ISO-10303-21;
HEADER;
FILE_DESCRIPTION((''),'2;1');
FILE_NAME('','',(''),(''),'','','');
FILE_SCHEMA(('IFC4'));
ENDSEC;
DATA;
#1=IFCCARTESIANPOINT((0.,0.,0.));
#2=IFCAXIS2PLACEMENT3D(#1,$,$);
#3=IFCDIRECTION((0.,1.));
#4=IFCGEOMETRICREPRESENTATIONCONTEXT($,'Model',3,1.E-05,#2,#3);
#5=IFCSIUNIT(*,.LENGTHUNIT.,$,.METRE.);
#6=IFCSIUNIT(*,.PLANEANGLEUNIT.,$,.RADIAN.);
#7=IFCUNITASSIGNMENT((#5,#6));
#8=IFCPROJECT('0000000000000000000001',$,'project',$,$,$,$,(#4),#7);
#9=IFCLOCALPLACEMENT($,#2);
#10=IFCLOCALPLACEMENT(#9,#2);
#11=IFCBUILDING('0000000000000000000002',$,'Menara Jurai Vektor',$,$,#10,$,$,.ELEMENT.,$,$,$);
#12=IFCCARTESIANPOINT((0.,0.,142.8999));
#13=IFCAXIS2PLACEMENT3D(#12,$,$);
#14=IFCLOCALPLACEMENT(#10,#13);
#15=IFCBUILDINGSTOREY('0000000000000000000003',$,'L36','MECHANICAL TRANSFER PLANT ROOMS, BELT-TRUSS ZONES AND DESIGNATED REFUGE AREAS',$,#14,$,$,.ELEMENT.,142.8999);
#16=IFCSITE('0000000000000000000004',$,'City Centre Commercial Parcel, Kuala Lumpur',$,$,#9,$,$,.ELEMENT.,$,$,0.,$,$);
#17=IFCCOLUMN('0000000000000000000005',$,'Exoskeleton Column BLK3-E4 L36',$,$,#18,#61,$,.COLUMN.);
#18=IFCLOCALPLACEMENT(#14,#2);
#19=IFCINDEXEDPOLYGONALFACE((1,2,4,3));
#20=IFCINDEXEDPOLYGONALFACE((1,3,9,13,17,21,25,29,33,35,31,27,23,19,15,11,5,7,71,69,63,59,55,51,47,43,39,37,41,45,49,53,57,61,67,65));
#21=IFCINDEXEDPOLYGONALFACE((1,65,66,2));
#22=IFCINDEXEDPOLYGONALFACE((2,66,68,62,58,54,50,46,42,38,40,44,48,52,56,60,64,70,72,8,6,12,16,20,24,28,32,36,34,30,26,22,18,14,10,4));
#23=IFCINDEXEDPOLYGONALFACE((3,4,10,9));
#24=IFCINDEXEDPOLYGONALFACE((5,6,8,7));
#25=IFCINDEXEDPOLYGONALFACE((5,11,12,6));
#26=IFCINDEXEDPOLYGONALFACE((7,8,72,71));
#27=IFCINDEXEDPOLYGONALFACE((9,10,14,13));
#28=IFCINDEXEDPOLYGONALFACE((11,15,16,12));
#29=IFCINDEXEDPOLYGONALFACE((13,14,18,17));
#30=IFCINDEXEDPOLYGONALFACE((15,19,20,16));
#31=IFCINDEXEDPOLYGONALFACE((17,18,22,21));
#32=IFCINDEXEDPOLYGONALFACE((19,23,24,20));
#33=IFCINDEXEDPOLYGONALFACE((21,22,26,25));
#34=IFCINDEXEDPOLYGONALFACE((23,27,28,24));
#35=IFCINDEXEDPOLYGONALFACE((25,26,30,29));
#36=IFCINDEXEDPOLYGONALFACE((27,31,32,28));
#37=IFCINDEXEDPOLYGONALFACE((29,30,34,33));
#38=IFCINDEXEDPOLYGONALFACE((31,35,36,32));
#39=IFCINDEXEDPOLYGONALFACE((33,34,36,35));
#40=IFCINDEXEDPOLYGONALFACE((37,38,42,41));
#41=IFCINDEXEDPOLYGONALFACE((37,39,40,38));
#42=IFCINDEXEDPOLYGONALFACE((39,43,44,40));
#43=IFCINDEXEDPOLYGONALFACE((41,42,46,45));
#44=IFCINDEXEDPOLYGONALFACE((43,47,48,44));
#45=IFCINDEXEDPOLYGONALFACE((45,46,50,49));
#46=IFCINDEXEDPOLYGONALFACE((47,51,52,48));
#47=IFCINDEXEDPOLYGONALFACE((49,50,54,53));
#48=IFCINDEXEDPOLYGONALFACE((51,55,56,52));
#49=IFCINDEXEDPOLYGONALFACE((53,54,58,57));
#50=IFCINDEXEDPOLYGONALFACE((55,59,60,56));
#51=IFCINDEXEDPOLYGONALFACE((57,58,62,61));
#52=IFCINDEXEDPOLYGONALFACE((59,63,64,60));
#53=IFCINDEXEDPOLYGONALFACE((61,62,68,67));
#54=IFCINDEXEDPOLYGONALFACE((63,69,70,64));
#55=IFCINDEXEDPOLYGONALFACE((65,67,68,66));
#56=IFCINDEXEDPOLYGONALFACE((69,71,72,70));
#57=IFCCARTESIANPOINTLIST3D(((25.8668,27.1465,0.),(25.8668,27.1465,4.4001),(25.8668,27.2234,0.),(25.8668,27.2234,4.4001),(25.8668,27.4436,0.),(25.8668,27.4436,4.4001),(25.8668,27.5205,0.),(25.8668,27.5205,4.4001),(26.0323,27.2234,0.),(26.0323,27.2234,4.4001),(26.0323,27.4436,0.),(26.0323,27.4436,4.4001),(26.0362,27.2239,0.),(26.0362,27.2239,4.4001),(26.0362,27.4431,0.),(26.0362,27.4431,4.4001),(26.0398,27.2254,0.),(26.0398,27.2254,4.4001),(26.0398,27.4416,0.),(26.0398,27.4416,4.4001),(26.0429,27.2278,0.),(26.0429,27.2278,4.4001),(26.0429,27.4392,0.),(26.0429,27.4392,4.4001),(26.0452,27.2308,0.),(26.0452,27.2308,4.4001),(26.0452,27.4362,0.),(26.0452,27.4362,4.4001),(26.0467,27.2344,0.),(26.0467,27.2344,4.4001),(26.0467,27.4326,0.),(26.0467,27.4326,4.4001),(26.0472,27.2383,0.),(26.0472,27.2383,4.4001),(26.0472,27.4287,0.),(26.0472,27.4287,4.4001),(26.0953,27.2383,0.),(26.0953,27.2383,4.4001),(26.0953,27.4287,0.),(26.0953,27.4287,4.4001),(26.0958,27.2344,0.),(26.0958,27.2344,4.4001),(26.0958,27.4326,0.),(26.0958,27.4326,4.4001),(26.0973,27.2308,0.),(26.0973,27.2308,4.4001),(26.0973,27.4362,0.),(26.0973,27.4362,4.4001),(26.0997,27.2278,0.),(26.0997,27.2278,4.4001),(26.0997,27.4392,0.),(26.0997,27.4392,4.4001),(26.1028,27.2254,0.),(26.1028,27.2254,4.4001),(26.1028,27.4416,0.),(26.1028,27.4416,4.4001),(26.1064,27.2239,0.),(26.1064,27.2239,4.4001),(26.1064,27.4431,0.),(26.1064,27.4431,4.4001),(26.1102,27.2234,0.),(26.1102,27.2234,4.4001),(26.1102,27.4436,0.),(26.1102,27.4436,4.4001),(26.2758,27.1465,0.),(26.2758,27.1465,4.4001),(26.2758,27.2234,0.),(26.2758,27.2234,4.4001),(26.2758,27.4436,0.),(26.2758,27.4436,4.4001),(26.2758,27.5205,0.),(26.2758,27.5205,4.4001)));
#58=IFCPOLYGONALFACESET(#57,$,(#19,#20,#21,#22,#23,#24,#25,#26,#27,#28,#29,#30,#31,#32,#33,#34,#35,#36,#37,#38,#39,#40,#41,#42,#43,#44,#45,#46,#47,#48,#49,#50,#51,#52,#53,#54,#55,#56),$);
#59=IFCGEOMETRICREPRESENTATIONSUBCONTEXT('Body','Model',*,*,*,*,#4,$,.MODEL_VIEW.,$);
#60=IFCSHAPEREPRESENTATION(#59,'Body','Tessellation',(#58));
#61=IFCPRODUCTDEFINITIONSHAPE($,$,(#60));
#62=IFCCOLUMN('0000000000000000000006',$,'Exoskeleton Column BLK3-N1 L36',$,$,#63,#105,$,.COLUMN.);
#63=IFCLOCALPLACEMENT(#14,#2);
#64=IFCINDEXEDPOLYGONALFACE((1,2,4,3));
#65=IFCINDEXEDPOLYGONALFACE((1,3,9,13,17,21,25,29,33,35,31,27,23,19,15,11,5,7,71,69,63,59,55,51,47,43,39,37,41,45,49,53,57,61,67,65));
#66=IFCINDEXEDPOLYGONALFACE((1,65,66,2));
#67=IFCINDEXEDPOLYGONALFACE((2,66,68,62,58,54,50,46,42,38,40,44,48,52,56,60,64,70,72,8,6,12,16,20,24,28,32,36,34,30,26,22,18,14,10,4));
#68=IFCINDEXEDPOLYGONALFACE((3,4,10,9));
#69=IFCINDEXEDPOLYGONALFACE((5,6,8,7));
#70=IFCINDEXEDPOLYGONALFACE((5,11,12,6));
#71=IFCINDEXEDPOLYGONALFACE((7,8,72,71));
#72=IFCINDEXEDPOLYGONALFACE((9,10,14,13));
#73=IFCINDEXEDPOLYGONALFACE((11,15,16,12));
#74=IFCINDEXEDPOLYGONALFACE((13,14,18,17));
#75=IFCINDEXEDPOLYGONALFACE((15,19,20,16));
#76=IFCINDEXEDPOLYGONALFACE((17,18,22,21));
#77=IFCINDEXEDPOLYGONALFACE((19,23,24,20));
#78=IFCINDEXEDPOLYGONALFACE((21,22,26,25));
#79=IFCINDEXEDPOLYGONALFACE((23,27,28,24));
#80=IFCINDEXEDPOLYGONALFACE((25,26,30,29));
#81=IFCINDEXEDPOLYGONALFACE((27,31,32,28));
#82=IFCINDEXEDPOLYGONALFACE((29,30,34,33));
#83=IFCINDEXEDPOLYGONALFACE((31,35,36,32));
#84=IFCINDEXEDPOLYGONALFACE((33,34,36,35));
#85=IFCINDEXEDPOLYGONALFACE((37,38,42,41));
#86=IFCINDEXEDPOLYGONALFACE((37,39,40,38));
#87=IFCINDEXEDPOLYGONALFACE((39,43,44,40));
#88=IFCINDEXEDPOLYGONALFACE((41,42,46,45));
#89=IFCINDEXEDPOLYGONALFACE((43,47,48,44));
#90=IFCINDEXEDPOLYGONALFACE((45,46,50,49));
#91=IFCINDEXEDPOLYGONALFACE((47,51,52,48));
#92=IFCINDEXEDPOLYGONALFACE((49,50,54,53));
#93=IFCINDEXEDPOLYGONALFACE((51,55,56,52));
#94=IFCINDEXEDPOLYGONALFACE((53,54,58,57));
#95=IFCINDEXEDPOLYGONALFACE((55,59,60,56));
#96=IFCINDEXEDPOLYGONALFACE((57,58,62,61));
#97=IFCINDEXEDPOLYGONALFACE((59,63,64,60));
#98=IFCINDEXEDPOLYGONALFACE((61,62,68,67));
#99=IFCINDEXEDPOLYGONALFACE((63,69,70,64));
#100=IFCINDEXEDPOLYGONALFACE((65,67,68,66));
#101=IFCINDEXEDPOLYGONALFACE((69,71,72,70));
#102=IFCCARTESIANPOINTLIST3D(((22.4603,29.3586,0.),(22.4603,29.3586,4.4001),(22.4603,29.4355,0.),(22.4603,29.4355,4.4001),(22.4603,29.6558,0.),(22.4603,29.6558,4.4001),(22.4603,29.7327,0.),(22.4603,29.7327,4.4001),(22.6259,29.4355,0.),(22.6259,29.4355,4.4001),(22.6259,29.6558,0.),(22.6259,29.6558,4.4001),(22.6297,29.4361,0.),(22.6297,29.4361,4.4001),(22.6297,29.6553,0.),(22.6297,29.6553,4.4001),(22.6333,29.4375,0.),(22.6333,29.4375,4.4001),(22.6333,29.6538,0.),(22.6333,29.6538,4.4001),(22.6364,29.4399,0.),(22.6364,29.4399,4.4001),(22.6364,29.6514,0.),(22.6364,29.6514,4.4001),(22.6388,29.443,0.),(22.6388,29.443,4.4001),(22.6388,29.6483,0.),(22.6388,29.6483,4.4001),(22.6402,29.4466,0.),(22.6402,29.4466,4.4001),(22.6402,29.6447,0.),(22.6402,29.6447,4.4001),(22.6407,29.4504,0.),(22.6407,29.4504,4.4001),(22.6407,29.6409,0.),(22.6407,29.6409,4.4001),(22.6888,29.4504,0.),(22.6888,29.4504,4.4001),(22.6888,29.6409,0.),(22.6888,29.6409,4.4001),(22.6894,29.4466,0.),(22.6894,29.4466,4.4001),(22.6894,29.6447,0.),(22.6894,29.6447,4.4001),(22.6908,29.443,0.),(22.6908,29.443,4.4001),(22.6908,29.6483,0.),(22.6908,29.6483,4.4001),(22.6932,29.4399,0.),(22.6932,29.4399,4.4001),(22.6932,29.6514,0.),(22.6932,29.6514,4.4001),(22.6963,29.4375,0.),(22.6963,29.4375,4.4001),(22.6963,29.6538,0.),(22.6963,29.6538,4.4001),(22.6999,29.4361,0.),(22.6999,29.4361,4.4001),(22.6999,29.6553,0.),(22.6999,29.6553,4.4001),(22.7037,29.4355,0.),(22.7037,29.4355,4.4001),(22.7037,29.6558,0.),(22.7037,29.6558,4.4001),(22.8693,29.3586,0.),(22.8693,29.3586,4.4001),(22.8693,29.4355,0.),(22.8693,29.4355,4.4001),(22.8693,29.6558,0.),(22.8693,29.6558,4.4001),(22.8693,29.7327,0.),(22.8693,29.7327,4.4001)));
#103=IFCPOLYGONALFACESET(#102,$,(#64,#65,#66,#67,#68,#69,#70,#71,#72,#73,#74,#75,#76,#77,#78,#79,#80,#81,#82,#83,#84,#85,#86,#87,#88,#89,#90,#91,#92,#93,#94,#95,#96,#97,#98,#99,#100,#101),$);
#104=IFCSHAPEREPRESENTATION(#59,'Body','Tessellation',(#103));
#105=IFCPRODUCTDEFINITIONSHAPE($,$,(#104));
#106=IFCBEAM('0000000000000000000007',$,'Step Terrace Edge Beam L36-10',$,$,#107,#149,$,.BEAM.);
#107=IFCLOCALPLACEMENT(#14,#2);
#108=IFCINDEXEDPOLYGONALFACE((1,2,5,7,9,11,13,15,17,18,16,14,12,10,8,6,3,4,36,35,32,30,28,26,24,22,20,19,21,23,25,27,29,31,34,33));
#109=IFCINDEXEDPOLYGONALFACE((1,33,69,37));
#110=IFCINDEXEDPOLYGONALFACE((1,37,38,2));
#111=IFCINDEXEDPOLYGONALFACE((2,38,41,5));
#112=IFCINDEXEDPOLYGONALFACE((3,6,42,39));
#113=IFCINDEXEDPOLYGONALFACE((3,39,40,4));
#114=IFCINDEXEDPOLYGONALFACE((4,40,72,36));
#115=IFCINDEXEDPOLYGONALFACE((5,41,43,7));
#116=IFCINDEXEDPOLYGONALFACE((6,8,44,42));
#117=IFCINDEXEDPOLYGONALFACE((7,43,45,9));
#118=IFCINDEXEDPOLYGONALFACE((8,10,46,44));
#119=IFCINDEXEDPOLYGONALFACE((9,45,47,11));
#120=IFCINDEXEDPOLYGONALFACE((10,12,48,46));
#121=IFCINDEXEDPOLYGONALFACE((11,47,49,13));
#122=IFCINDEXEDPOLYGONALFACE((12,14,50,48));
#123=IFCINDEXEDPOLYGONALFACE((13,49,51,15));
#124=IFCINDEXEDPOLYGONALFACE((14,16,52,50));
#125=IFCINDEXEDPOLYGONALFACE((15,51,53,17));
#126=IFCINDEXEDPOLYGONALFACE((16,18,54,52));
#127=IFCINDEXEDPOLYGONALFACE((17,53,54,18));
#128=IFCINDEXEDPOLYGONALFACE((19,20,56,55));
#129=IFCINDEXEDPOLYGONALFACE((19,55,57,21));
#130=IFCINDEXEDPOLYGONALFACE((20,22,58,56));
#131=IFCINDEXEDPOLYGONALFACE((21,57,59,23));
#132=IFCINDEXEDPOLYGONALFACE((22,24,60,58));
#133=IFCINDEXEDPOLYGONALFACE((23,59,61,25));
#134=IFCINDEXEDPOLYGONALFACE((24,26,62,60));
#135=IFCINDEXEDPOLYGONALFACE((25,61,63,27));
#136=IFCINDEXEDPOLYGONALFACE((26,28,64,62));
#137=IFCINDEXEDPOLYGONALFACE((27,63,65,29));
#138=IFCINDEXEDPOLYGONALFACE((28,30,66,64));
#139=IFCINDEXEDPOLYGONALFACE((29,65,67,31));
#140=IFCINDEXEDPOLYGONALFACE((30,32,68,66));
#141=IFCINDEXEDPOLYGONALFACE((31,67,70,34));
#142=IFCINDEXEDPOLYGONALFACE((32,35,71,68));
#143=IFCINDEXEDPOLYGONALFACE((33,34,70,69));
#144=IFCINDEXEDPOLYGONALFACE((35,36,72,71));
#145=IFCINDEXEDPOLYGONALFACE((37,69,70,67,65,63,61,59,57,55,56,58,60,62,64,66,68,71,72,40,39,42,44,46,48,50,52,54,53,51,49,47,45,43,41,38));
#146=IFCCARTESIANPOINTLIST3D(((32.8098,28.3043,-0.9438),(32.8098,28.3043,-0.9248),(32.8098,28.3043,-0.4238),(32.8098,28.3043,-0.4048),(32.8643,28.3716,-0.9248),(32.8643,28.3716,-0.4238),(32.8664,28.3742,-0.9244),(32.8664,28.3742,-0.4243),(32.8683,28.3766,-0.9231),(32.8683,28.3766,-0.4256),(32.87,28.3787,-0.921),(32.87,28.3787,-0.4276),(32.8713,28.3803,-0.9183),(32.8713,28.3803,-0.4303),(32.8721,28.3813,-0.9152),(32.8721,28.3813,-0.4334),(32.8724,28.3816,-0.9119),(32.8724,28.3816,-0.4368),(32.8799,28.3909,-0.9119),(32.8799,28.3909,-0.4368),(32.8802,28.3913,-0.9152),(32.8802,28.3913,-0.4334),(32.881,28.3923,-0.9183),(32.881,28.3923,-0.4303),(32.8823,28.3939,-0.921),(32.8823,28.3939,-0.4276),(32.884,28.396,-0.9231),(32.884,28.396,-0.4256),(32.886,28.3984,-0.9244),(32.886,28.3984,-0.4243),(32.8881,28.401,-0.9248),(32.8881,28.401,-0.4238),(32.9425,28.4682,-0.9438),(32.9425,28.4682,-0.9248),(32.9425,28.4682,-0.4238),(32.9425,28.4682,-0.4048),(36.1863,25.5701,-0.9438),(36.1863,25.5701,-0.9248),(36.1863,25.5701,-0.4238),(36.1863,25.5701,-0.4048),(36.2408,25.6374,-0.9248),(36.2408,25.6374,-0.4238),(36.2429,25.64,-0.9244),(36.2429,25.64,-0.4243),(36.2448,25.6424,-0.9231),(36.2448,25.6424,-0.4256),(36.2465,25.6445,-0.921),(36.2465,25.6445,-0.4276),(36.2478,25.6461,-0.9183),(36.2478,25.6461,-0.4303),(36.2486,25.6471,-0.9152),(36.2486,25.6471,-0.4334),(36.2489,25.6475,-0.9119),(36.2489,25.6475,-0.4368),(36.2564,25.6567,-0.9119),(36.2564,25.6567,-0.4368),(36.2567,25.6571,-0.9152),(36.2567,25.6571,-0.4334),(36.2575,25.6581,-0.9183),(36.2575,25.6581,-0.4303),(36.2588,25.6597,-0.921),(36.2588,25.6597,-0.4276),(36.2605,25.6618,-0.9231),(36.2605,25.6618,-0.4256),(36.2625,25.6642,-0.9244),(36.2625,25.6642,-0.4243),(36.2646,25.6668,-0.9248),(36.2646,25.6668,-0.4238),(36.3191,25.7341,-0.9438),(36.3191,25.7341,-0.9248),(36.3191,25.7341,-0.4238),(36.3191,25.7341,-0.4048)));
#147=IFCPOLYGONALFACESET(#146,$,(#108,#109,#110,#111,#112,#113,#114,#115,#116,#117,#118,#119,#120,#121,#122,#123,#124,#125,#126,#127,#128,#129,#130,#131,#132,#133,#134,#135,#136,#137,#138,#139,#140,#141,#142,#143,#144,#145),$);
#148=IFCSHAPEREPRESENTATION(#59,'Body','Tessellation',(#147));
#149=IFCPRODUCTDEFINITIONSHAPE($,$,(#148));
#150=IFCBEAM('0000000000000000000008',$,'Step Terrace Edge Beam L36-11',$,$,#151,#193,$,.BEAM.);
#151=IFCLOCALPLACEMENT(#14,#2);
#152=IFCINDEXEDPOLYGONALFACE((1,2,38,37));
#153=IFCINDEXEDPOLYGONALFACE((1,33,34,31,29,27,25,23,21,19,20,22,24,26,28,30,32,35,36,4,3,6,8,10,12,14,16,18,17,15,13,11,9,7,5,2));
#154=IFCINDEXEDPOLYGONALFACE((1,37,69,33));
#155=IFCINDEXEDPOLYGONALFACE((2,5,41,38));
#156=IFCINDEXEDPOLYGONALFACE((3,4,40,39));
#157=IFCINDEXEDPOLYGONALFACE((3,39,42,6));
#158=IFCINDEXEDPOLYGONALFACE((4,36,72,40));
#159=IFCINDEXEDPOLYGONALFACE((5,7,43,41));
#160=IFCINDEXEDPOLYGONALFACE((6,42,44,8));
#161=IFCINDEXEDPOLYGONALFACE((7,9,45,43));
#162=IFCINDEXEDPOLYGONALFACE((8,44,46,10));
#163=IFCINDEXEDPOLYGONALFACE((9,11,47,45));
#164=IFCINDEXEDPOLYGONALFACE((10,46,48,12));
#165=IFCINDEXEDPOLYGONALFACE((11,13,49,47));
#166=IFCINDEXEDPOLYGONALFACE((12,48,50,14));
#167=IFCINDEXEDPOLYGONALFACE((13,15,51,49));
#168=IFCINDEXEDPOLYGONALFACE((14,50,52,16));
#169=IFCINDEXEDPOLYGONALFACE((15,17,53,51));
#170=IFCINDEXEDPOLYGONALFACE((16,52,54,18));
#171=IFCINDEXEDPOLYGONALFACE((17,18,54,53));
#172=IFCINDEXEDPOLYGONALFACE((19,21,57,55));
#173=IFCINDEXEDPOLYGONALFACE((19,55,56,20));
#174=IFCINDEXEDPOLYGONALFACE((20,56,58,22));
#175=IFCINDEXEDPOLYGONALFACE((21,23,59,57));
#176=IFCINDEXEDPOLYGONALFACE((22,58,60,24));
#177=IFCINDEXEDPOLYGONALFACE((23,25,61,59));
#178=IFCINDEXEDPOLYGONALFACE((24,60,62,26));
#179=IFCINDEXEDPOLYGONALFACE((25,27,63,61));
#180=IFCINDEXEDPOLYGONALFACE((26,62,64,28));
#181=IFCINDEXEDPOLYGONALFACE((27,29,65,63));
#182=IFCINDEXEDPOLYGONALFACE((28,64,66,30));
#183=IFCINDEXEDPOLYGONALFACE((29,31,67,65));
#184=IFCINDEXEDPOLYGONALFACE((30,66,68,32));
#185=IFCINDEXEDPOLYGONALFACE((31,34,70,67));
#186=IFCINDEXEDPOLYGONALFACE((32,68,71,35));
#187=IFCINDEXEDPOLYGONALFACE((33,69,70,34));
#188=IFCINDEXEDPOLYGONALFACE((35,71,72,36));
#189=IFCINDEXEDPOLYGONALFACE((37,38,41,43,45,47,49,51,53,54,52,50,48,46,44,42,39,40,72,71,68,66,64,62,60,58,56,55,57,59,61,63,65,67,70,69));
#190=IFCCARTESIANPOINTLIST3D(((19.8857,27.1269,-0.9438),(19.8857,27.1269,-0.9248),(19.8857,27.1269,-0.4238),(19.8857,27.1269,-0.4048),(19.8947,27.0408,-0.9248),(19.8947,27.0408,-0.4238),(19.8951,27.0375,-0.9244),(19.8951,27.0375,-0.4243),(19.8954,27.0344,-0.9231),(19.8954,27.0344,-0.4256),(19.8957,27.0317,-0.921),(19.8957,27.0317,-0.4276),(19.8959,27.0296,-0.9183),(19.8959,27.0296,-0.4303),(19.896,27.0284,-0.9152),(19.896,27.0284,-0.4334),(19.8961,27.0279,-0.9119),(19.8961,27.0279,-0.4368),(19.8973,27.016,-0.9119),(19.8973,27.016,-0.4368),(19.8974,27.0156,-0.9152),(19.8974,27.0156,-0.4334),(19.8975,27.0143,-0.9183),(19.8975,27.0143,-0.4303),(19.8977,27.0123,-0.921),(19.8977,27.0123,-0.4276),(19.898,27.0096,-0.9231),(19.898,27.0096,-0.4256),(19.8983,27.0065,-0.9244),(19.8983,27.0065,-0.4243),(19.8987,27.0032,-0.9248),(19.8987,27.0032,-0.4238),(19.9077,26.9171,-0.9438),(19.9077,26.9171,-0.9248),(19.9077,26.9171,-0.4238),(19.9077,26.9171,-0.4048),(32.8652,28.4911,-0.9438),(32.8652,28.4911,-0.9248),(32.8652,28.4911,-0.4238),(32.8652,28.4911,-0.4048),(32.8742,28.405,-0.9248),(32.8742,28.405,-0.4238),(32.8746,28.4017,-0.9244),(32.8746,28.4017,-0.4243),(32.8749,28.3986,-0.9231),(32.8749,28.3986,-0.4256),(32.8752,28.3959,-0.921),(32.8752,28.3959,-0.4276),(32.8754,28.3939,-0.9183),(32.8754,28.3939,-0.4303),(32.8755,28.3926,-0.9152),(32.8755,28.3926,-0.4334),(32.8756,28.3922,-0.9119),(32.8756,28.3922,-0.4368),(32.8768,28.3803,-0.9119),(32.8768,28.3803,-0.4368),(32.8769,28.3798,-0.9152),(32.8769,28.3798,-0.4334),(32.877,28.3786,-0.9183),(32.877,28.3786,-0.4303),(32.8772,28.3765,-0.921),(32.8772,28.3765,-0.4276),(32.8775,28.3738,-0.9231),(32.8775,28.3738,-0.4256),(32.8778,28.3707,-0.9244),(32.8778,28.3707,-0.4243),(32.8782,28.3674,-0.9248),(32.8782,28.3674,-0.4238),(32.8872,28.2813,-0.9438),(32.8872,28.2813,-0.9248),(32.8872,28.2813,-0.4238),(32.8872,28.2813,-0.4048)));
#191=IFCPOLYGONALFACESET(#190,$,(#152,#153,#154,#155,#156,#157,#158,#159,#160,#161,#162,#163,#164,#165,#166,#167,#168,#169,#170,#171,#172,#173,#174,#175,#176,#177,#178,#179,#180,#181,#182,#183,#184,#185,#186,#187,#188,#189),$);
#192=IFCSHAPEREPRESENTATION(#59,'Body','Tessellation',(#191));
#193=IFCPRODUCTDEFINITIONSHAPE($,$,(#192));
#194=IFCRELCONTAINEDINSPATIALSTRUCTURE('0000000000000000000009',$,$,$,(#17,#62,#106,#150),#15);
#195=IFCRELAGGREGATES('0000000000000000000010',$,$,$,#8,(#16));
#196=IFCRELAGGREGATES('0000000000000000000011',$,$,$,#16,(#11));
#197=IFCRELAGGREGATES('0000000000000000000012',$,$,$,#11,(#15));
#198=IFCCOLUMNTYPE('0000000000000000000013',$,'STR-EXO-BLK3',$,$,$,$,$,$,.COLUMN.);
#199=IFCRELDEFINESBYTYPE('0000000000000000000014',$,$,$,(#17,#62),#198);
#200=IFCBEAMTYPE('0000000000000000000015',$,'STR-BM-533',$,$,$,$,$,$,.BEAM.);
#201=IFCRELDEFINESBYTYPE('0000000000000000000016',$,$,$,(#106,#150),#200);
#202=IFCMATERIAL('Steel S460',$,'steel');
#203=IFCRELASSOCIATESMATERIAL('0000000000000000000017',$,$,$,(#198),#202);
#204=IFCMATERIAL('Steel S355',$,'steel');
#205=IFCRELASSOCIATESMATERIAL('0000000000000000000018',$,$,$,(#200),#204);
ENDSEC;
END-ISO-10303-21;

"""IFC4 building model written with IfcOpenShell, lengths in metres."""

from ifc_helpers import new_model, si_unit, direction, frame, origin, origin_2d, place, context, subcontext, project, spatial, i_section, extrude, material, material_profile, profile_set, type_object, element, save


model = new_model("IFC4")

# Units and contexts
model_context = context("Model", 3, precision=1e-05, world=origin(), true_north=direction((0.0, 1.0)))
body_context = subcontext(model_context, "Body", "Model", "MODEL_VIEW")
ifc_project = project(units=[si_unit("LENGTHUNIT", "METRE"), si_unit("PLANEANGLEUNIT", "RADIAN")], contexts=[model_context])

# Site, building, storey
site_placement = place(None, origin())
site = spatial("IfcSite", under=ifc_project, at=site_placement, Name="City Centre Commercial Parcel, Kuala Lumpur", CompositionType="ELEMENT", RefElevation=0.0)
building_placement = place(site_placement, origin())
building = spatial("IfcBuilding", under=site, at=building_placement, Name="Menara Jurai Vektor", CompositionType="ELEMENT")
storey_placement = place(building_placement, frame((0.0, 0.0, 142.8999)))
storey = spatial("IfcBuildingStorey", under=building, at=storey_placement, Name="L36", Description="MECHANICAL TRANSFER PLANT ROOMS, BELT-TRUSS ZONES AND DESIGNATED REFUGE AREAS", CompositionType="ELEMENT", Elevation=142.8999)

# Columns
ifc_material_1 = material(Name="Steel S460", Category="steel")
ifc_material_profile_1 = material_profile(ifc_material_1, i_section(OverallWidth=0.4089, OverallDepth=0.374, WebThickness=0.0481, FlangeThickness=0.0769, FilletRadius=0.0149, at=origin_2d()), Name="HD 400x634")
ifc_profile_set_1 = profile_set([ifc_material_profile_1], Name="Steel S460")
column_type = type_object("IfcColumnType", Name="STR-EXO-BLK3", PredefinedType="COLUMN", material=ifc_profile_set_1)
for number, where, z_axis, x_axis, name in (
    (1, (26.0713, 27.3335, 0.0), (0.0, 0.0, 1.0), (1.0, 0.0, 0.0), "Exoskeleton Column BLK3-E4 L36"),
    (2, (22.6648, 29.5457, 0.0), (0.0, 0.0, 1.0), (1.0, 0.0, 0.0), "Exoskeleton Column BLK3-N1 L36"),
):
    element("IfcColumn", number, at=place(storey_placement, frame(where, z_axis=z_axis, x_axis=x_axis)), inside=storey, type_object=column_type, Name=name, PredefinedType="COLUMN", context=body_context, shape_type="SweptSolid", body=[
        extrude(i_section(OverallWidth=0.4089, OverallDepth=0.374, WebThickness=0.0481, FlangeThickness=0.0769, FilletRadius=0.0149, at=origin_2d()), origin(), (0.0, 0.0, 1.0), 4.4001),
    ])

# Beams
ifc_material_2 = material(Name="Steel S355", Category="steel")
ifc_material_profile_2 = material_profile(ifc_material_2, i_section(OverallWidth=0.2109, OverallDepth=0.5391, WebThickness=0.012, FlangeThickness=0.019, FilletRadius=0.0129, at=origin_2d()), Name="UKB 533x210x109")
ifc_profile_set_2 = profile_set([ifc_material_profile_2], Name="Steel S355")
beam_type_1 = type_object("IfcBeamType", Name="STR-BM-533", PredefinedType="BEAM", material=ifc_profile_set_2)
beam_1_placement = place(storey_placement, frame((36.2527, 25.6521, -0.6743), z_axis=(-0.777155, 0.62931, 0.0), x_axis=(-0.62931, -0.777155, 0.0)))
element("IfcBeam", 3, at=beam_1_placement, inside=storey, type_object=beam_type_1, Name="Step Terrace Edge Beam L36-10", PredefinedType="BEAM", context=body_context, shape_type="SweptSolid", body=[
    extrude(i_section(OverallWidth=0.2109, OverallDepth=0.5391, WebThickness=0.012, FlangeThickness=0.019, FilletRadius=0.0129, at=origin_2d()), origin(), (0.0, 0.0, 1.0), 4.3447),
])
beam_2_placement = place(storey_placement, frame((32.8762, 28.3862, -0.6743), z_axis=(-0.994521, -0.104533, 0.0), x_axis=(0.104533, -0.994521, 0.0)))
element("IfcBeam", 4, at=beam_2_placement, inside=storey, type_object=beam_type_1, Name="Step Terrace Edge Beam L36-11", PredefinedType="BEAM", context=body_context, shape_type="SweptSolid", body=[
    extrude(i_section(OverallWidth=0.2109, OverallDepth=0.5391, WebThickness=0.012, FlangeThickness=0.019, FilletRadius=0.0129, at=origin_2d()), origin(), (0.0, 0.0, 1.0), 13.051),
])

save(model, "model.ifc")
